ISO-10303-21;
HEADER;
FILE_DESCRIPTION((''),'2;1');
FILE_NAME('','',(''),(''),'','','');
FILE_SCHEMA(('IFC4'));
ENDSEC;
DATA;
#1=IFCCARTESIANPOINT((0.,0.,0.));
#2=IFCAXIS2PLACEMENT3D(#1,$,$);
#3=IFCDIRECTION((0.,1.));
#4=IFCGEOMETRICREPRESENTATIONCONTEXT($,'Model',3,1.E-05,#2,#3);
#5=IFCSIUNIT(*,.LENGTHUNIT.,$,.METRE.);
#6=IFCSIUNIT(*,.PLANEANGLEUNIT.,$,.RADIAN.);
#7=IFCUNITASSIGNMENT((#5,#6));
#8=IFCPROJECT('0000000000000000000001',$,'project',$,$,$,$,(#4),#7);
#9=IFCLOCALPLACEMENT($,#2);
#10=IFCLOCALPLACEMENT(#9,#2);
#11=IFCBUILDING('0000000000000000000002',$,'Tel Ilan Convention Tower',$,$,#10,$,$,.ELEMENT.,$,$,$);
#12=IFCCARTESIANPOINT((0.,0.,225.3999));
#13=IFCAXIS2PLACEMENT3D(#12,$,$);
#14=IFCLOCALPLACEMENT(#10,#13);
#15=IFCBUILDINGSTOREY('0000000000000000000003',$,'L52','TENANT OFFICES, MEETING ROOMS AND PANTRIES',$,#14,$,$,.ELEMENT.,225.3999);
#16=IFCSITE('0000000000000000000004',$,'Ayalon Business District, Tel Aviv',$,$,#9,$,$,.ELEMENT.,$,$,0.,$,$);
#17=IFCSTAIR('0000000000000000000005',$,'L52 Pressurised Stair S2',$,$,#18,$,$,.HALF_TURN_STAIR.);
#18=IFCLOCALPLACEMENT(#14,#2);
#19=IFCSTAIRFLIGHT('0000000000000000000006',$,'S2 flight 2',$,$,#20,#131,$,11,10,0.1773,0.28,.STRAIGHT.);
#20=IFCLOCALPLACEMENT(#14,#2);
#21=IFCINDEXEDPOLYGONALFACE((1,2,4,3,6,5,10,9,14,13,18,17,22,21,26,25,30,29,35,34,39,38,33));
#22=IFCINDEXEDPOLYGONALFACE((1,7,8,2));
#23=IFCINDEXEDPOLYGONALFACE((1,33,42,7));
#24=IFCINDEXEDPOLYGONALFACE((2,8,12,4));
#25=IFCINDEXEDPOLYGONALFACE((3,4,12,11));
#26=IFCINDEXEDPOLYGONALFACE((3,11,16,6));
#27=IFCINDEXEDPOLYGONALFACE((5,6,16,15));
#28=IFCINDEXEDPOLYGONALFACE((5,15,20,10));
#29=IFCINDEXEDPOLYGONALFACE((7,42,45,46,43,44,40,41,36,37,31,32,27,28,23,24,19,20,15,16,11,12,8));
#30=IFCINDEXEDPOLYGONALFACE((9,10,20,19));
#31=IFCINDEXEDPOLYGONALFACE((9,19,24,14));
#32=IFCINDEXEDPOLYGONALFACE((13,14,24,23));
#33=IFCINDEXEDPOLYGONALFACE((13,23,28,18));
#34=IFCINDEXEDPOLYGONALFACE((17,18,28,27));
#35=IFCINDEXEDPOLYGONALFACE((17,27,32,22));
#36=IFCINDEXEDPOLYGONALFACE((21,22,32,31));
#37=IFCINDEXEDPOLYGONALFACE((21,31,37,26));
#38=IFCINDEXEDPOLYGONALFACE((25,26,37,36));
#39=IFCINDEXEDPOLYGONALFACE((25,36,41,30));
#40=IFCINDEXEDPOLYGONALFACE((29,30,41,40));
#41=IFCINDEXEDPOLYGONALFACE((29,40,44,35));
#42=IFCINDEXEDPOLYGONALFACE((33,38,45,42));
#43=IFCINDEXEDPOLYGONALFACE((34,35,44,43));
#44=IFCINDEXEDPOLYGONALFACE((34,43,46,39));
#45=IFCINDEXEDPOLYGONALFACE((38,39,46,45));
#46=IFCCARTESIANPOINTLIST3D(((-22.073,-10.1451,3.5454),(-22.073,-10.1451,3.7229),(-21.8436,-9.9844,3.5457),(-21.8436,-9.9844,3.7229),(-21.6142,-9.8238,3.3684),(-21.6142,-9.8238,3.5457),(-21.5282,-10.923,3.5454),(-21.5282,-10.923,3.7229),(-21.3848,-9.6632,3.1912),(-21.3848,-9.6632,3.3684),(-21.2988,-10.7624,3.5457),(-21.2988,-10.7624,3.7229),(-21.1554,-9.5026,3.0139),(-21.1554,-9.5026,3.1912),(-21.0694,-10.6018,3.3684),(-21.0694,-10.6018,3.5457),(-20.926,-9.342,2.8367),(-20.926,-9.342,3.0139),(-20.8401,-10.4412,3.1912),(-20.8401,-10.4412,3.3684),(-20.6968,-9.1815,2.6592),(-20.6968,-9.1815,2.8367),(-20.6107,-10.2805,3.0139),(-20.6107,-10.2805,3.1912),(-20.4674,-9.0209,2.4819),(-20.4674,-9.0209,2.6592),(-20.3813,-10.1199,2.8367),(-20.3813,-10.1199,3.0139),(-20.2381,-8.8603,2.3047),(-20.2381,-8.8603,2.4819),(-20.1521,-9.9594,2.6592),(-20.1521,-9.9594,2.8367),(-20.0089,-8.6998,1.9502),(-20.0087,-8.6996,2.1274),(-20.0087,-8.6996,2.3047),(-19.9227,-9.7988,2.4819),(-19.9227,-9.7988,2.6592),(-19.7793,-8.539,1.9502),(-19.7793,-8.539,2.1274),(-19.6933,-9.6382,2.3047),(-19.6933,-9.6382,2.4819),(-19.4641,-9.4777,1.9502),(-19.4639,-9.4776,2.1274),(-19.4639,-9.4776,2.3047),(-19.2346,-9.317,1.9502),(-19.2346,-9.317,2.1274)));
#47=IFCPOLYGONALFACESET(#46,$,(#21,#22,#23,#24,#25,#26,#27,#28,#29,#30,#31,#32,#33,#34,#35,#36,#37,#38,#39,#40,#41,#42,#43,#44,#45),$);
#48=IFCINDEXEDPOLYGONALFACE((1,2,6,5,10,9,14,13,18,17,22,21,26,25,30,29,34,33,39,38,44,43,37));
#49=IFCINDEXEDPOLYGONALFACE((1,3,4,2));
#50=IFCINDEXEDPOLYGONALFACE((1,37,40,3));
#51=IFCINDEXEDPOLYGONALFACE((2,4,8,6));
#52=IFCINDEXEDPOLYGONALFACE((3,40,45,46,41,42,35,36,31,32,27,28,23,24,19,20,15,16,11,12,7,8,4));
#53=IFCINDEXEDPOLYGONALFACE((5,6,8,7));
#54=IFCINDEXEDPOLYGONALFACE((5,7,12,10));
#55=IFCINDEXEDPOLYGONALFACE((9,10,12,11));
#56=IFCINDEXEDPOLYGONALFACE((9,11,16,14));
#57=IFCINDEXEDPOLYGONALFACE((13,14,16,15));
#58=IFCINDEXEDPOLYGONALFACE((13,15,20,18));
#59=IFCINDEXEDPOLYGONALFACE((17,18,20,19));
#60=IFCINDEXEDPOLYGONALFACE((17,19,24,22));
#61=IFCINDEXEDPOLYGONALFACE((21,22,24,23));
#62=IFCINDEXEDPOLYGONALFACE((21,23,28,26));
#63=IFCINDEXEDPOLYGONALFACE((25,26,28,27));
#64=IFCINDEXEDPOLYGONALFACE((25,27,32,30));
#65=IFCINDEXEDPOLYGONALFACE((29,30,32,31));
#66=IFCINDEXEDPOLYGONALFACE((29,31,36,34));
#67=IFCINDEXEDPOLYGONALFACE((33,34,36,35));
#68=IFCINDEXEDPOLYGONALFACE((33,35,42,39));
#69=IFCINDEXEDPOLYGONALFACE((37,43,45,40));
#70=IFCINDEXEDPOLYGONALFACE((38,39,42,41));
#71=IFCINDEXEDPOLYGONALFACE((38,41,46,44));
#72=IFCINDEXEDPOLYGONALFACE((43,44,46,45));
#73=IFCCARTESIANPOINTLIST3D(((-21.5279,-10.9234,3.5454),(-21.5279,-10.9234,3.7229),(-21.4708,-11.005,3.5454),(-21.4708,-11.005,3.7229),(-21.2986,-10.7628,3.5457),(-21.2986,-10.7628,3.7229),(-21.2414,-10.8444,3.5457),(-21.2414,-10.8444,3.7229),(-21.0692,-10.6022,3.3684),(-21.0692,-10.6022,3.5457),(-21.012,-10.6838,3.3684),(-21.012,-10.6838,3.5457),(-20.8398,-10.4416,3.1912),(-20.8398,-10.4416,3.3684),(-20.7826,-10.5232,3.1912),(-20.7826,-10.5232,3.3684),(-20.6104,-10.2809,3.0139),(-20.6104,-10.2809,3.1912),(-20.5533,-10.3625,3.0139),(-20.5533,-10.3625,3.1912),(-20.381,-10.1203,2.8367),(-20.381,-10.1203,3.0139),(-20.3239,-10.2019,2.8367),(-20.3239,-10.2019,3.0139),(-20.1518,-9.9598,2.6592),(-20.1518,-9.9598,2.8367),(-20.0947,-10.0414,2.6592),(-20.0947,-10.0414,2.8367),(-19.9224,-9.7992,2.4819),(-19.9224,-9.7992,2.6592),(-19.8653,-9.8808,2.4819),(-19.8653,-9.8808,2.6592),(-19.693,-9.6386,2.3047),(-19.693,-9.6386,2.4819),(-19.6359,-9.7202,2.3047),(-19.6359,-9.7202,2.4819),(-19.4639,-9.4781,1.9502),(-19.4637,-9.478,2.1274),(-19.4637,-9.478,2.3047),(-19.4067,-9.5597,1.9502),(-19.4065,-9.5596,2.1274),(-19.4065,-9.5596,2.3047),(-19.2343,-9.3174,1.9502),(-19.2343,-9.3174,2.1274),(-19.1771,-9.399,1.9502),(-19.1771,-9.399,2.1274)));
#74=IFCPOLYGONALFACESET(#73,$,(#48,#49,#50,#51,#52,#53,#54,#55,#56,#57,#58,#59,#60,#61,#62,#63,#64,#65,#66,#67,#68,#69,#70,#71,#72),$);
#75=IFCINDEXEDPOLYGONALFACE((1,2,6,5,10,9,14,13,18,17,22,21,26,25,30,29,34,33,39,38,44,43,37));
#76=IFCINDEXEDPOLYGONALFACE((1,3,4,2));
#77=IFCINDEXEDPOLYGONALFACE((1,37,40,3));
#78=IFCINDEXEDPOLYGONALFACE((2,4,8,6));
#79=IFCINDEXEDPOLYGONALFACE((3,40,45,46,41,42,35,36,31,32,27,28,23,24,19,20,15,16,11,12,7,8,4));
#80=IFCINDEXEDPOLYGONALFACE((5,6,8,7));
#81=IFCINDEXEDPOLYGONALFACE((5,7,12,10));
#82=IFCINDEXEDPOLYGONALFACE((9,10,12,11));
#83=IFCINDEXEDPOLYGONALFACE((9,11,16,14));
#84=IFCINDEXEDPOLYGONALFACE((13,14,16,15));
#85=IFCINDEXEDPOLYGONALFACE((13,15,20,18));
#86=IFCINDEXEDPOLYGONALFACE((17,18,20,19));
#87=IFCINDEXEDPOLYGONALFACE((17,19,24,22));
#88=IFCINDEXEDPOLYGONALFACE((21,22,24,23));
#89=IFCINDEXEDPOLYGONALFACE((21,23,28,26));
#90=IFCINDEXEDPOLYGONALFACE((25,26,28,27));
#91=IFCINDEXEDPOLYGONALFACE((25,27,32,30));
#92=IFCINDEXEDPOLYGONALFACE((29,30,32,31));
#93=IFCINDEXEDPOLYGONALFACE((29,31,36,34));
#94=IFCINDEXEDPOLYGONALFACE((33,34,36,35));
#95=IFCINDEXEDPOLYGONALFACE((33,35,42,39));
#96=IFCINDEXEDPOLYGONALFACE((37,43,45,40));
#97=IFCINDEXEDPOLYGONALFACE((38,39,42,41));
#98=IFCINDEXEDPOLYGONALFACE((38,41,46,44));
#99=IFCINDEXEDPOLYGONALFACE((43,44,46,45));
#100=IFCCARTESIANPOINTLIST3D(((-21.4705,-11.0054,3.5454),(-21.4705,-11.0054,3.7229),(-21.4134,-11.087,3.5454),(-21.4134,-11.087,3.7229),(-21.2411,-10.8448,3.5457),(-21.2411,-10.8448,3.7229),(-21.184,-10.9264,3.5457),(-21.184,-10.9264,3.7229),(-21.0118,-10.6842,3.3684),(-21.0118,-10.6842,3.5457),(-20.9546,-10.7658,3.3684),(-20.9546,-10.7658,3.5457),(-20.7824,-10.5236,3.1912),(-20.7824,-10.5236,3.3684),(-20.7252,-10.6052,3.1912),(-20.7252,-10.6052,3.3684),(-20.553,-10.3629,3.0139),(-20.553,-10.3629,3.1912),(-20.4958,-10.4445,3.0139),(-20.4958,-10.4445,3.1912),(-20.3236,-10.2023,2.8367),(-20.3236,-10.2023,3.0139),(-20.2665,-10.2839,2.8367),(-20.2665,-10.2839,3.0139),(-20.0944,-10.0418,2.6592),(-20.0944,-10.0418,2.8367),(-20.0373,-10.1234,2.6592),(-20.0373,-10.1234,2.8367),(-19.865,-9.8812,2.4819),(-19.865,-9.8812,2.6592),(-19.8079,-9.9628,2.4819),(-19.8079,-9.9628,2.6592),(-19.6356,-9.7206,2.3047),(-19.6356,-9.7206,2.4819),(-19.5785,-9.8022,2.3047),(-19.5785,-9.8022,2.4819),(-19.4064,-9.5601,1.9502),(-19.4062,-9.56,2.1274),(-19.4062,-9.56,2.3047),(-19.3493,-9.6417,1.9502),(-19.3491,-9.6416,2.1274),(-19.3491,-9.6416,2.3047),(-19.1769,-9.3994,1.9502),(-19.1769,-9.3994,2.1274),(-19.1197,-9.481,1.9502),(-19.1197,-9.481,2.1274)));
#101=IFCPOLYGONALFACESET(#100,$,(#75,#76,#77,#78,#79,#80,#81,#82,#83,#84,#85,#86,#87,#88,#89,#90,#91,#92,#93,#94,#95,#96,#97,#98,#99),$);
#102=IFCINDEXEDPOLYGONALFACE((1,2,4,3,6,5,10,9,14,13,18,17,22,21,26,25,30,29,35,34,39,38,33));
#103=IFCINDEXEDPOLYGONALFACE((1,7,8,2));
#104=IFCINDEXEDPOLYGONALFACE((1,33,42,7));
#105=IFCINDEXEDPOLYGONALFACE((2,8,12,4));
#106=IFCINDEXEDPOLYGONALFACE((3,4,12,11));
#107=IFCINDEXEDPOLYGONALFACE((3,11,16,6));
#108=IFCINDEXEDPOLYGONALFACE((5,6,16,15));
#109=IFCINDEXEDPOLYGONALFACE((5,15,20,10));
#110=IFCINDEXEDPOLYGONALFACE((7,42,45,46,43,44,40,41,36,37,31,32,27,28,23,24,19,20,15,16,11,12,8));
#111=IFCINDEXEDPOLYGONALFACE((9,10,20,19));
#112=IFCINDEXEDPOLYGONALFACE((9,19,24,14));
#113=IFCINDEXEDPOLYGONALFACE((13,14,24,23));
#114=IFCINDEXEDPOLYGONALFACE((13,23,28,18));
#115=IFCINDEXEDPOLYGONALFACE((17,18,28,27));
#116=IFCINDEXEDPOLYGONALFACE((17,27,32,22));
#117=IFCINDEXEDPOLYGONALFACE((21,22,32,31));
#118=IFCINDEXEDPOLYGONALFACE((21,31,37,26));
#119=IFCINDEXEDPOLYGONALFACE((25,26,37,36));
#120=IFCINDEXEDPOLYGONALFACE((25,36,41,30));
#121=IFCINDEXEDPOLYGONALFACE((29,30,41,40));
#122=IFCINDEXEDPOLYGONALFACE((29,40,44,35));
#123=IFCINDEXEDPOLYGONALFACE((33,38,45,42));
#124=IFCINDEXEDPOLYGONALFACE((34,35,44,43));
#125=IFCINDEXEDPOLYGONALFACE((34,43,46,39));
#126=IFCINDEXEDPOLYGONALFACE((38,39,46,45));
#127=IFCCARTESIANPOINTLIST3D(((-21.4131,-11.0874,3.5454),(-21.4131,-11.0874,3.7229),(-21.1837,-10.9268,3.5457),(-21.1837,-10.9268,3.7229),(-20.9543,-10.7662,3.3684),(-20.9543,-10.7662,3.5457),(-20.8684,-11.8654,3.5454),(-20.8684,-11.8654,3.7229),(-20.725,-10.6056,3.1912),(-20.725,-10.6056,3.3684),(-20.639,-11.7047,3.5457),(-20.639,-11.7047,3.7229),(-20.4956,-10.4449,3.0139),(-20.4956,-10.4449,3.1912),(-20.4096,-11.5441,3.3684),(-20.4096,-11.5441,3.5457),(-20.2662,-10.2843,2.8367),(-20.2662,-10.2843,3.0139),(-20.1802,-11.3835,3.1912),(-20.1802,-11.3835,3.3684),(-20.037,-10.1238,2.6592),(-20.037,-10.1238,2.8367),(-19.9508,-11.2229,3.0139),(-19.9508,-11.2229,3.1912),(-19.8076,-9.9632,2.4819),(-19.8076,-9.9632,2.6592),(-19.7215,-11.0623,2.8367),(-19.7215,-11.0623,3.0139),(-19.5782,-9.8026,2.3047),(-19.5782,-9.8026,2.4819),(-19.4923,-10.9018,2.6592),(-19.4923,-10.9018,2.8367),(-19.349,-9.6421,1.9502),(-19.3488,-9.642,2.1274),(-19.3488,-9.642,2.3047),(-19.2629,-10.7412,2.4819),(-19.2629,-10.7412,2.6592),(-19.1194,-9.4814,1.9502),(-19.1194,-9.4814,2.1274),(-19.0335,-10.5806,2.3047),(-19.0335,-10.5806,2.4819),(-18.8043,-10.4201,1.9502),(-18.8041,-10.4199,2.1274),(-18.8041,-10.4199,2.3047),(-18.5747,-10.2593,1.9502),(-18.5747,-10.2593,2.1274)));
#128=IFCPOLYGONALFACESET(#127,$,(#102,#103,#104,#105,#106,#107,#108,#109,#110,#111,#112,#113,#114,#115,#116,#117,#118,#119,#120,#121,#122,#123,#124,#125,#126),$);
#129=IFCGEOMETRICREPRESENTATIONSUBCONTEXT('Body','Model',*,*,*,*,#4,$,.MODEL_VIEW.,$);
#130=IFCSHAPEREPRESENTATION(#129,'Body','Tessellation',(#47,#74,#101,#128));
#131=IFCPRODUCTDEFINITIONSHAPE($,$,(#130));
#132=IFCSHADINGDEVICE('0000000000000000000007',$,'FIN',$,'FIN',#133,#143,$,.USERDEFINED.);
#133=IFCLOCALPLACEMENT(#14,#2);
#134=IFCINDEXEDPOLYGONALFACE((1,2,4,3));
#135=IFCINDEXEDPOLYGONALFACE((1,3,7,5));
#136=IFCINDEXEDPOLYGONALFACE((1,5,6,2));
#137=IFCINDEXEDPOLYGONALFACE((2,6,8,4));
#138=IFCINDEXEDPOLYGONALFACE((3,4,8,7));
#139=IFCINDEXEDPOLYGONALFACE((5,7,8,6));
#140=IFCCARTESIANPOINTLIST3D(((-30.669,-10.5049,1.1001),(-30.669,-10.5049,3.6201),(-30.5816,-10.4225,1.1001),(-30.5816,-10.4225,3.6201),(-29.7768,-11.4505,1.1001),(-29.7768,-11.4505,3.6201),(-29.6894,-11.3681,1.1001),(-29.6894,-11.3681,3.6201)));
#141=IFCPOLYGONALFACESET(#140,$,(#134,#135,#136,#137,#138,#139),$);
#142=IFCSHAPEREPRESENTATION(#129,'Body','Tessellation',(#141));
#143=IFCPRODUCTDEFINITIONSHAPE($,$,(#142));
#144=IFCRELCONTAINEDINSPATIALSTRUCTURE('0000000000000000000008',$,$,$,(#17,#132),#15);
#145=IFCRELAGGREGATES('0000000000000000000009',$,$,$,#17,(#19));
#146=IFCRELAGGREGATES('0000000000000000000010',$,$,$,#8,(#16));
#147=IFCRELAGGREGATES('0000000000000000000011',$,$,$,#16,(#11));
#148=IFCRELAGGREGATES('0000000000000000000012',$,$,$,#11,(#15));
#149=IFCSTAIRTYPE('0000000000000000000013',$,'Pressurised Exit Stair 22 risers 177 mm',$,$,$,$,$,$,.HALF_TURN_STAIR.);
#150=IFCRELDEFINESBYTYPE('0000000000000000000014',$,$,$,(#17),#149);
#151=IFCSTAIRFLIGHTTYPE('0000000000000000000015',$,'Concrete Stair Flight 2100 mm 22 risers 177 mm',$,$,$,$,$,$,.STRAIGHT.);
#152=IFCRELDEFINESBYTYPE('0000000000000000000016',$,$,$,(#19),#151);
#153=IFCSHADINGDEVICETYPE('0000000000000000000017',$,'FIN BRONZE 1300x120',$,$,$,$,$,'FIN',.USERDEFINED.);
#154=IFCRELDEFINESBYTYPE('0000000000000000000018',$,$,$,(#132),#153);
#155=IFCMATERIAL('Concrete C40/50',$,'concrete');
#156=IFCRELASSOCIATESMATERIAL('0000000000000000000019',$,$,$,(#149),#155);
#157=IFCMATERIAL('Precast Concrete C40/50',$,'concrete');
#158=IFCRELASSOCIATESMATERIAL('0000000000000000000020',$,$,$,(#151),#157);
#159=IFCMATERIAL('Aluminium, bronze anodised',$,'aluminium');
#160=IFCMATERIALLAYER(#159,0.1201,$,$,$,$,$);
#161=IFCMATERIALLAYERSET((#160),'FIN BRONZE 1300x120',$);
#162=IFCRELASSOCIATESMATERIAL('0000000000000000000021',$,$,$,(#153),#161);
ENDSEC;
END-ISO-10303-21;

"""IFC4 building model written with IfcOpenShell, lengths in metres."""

from ifc_helpers import new_model, si_unit, direction, frame, origin, origin_2d, place, context, subcontext, project, spatial, polyline, rectangle, outline, extrude, material, layer, layer_set, type_object, element, aggregate, save


model = new_model("IFC4")

# Units and contexts
model_context = context("Model", 3, precision=1e-05, world=origin(), true_north=direction((0.0, 1.0)))
body_context = subcontext(model_context, "Body", "Model", "MODEL_VIEW")
ifc_project = project(units=[si_unit("LENGTHUNIT", "METRE"), si_unit("PLANEANGLEUNIT", "RADIAN")], contexts=[model_context])

# Site, building, storey
site_placement = place(None, origin())
site = spatial("IfcSite", under=ifc_project, at=site_placement, Name="Ayalon Business District, Tel Aviv", CompositionType="ELEMENT", RefElevation=0.0)
building_placement = place(site_placement, origin())
building = spatial("IfcBuilding", under=site, at=building_placement, Name="Tel Ilan Convention Tower", CompositionType="ELEMENT")
storey_placement = place(building_placement, frame((0.0, 0.0, 225.3999)))
storey = spatial("IfcBuildingStorey", under=building, at=storey_placement, Name="L52", Description="TENANT OFFICES, MEETING ROOMS AND PANTRIES", CompositionType="ELEMENT", Elevation=225.3999)

# Shared definitions
ifc_material_1 = material(Name="Concrete C40/50", Category="concrete")
stair_type = type_object("IfcStairType", Name="Pressurised Exit Stair 22 risers 177 mm", PredefinedType="HALF_TURN_STAIR", material=ifc_material_1)
ifc_material_2 = material(Name="Precast Concrete C40/50", Category="concrete")
stair_flight_type = type_object("IfcStairFlightType", Name="Concrete Stair Flight 2100 mm 22 risers 177 mm", PredefinedType="STRAIGHT", material=ifc_material_2)

# Stair, stair flight
stair_1_placement = place(storey_placement, origin())
stair_1 = element("IfcStair", 1, at=stair_1_placement, inside=storey, type_object=stair_type, Name="L52 Pressurised Stair S2", PredefinedType="HALF_TURN_STAIR")
stair_flight_1_placement = place(storey_placement, frame((-19.177, -9.3992, 1.9502), z_axis=(0.0, 0.0, 1.0), x_axis=(-0.819152, -0.573576, 0.0)))
stair_flight_1 = element("IfcStairFlight", 2, at=stair_flight_1_placement, type_object=stair_flight_type, Name="S2 flight 2", NumberOfRisers=11, NumberOfTreads=10, PredefinedType="STRAIGHT", RiserHeight=0.1773, TreadLength=0.28, context=body_context, shape_type="SweptSolid", body=[
    extrude(outline(polyline([(0.0, 0.0), (0.0, 0.1772), (0.28, 0.1772), (0.28, 0.3545), (0.5601, 0.3545), (0.5601, 0.5317), (0.8401, 0.5317), (0.8401, 0.709), (1.1201, 0.709), (1.1201, 0.8865), (1.3999, 0.8865), (1.3999, 1.0637), (1.6799, 1.0637), (1.6799, 1.241), (1.96, 1.241), (1.96, 1.4182), (2.24, 1.4182), (2.24, 1.5955), (2.52, 1.5955), (2.52, 1.7727), (2.8, 1.7727), (2.8, 1.95), (2.8, 1.5952), (0.2803, 0.0), (0.0, 0.0)])), frame((0.0, -0.1003, 0.0), z_axis=(0.0, -1.0, 0.0), x_axis=(1.0, 0.0, 0.0)), (0.0, 0.0, 1.0), 0.9497),
    extrude(outline(polyline([(0.0, 0.0), (0.0, 0.1772), (0.28, 0.1772), (0.28, 0.3545), (0.5601, 0.3545), (0.5601, 0.5317), (0.8401, 0.5317), (0.8401, 0.709), (1.1201, 0.709), (1.1201, 0.8865), (1.3999, 0.8865), (1.3999, 1.0637), (1.6799, 1.0637), (1.6799, 1.241), (1.96, 1.241), (1.96, 1.4182), (2.24, 1.4182), (2.24, 1.5955), (2.52, 1.5955), (2.52, 1.7727), (2.8, 1.7727), (2.8, 1.95), (2.8, 1.5952), (0.2803, 0.0), (0.0, 0.0)])), frame((0.0, -0.0002, 0.0), z_axis=(0.0, -1.0, 0.0), x_axis=(1.0, 0.0, 0.0)), (0.0, 0.0, 1.0), 0.0996),
    extrude(outline(polyline([(0.0, 0.0), (0.0, 0.1772), (0.28, 0.1772), (0.28, 0.3545), (0.5601, 0.3545), (0.5601, 0.5317), (0.8401, 0.5317), (0.8401, 0.709), (1.1201, 0.709), (1.1201, 0.8865), (1.3999, 0.8865), (1.3999, 1.0637), (1.6799, 1.0637), (1.6799, 1.241), (1.96, 1.241), (1.96, 1.4182), (2.24, 1.4182), (2.24, 1.5955), (2.52, 1.5955), (2.52, 1.7727), (2.8, 1.7727), (2.8, 1.95), (2.8, 1.5952), (0.2803, 0.0), (0.0, 0.0)])), frame((0.0, 0.0999, 0.0), z_axis=(0.0, -1.0, 0.0), x_axis=(1.0, 0.0, 0.0)), (0.0, 0.0, 1.0), 0.0996),
    extrude(outline(polyline([(0.0, 0.0), (0.0, 0.1772), (0.28, 0.1772), (0.28, 0.3545), (0.5601, 0.3545), (0.5601, 0.5317), (0.8401, 0.5317), (0.8401, 0.709), (1.1201, 0.709), (1.1201, 0.8865), (1.3999, 0.8865), (1.3999, 1.0637), (1.6799, 1.0637), (1.6799, 1.241), (1.96, 1.241), (1.96, 1.4182), (2.24, 1.4182), (2.24, 1.5955), (2.52, 1.5955), (2.52, 1.7727), (2.8, 1.7727), (2.8, 1.95), (2.8, 1.5952), (0.2803, 0.0), (0.0, 0.0)])), frame((0.0, 1.05, 0.0), z_axis=(0.0, -1.0, 0.0), x_axis=(1.0, 0.0, 0.0)), (0.0, 0.0, 1.0), 0.9497),
])
aggregate(stair_1, [stair_flight_1])

# Shading device
ifc_material_3 = material(Name="Aluminium, bronze anodised", Category="aluminium")
ifc_layer_1 = layer(ifc_material_3, 0.1201)
ifc_layer_set_1 = layer_set([ifc_layer_1], Name="FIN BRONZE 1300x120")
shading_device_type = type_object("IfcShadingDeviceType", Name="FIN BRONZE 1300x120", ElementType="FIN", PredefinedType="USERDEFINED", material=ifc_layer_set_1)
shading_device_placement = place(storey_placement, frame((-30.1792, -10.9365, 1.1001), z_axis=(0.0, 0.0, 1.0), x_axis=(-0.686242, 0.727374, 0.0)))
element("IfcShadingDevice", 3, at=shading_device_placement, inside=storey, type_object=shading_device_type, Name="FIN", ObjectType="FIN", PredefinedType="USERDEFINED", context=body_context, shape_type="SweptSolid", body=[
    extrude(rectangle(XDim=1.3, YDim=0.1201, at=origin_2d()), origin(), (0.0, 0.0, 1.0), 2.52),
])

save(model, "model.ifc")
